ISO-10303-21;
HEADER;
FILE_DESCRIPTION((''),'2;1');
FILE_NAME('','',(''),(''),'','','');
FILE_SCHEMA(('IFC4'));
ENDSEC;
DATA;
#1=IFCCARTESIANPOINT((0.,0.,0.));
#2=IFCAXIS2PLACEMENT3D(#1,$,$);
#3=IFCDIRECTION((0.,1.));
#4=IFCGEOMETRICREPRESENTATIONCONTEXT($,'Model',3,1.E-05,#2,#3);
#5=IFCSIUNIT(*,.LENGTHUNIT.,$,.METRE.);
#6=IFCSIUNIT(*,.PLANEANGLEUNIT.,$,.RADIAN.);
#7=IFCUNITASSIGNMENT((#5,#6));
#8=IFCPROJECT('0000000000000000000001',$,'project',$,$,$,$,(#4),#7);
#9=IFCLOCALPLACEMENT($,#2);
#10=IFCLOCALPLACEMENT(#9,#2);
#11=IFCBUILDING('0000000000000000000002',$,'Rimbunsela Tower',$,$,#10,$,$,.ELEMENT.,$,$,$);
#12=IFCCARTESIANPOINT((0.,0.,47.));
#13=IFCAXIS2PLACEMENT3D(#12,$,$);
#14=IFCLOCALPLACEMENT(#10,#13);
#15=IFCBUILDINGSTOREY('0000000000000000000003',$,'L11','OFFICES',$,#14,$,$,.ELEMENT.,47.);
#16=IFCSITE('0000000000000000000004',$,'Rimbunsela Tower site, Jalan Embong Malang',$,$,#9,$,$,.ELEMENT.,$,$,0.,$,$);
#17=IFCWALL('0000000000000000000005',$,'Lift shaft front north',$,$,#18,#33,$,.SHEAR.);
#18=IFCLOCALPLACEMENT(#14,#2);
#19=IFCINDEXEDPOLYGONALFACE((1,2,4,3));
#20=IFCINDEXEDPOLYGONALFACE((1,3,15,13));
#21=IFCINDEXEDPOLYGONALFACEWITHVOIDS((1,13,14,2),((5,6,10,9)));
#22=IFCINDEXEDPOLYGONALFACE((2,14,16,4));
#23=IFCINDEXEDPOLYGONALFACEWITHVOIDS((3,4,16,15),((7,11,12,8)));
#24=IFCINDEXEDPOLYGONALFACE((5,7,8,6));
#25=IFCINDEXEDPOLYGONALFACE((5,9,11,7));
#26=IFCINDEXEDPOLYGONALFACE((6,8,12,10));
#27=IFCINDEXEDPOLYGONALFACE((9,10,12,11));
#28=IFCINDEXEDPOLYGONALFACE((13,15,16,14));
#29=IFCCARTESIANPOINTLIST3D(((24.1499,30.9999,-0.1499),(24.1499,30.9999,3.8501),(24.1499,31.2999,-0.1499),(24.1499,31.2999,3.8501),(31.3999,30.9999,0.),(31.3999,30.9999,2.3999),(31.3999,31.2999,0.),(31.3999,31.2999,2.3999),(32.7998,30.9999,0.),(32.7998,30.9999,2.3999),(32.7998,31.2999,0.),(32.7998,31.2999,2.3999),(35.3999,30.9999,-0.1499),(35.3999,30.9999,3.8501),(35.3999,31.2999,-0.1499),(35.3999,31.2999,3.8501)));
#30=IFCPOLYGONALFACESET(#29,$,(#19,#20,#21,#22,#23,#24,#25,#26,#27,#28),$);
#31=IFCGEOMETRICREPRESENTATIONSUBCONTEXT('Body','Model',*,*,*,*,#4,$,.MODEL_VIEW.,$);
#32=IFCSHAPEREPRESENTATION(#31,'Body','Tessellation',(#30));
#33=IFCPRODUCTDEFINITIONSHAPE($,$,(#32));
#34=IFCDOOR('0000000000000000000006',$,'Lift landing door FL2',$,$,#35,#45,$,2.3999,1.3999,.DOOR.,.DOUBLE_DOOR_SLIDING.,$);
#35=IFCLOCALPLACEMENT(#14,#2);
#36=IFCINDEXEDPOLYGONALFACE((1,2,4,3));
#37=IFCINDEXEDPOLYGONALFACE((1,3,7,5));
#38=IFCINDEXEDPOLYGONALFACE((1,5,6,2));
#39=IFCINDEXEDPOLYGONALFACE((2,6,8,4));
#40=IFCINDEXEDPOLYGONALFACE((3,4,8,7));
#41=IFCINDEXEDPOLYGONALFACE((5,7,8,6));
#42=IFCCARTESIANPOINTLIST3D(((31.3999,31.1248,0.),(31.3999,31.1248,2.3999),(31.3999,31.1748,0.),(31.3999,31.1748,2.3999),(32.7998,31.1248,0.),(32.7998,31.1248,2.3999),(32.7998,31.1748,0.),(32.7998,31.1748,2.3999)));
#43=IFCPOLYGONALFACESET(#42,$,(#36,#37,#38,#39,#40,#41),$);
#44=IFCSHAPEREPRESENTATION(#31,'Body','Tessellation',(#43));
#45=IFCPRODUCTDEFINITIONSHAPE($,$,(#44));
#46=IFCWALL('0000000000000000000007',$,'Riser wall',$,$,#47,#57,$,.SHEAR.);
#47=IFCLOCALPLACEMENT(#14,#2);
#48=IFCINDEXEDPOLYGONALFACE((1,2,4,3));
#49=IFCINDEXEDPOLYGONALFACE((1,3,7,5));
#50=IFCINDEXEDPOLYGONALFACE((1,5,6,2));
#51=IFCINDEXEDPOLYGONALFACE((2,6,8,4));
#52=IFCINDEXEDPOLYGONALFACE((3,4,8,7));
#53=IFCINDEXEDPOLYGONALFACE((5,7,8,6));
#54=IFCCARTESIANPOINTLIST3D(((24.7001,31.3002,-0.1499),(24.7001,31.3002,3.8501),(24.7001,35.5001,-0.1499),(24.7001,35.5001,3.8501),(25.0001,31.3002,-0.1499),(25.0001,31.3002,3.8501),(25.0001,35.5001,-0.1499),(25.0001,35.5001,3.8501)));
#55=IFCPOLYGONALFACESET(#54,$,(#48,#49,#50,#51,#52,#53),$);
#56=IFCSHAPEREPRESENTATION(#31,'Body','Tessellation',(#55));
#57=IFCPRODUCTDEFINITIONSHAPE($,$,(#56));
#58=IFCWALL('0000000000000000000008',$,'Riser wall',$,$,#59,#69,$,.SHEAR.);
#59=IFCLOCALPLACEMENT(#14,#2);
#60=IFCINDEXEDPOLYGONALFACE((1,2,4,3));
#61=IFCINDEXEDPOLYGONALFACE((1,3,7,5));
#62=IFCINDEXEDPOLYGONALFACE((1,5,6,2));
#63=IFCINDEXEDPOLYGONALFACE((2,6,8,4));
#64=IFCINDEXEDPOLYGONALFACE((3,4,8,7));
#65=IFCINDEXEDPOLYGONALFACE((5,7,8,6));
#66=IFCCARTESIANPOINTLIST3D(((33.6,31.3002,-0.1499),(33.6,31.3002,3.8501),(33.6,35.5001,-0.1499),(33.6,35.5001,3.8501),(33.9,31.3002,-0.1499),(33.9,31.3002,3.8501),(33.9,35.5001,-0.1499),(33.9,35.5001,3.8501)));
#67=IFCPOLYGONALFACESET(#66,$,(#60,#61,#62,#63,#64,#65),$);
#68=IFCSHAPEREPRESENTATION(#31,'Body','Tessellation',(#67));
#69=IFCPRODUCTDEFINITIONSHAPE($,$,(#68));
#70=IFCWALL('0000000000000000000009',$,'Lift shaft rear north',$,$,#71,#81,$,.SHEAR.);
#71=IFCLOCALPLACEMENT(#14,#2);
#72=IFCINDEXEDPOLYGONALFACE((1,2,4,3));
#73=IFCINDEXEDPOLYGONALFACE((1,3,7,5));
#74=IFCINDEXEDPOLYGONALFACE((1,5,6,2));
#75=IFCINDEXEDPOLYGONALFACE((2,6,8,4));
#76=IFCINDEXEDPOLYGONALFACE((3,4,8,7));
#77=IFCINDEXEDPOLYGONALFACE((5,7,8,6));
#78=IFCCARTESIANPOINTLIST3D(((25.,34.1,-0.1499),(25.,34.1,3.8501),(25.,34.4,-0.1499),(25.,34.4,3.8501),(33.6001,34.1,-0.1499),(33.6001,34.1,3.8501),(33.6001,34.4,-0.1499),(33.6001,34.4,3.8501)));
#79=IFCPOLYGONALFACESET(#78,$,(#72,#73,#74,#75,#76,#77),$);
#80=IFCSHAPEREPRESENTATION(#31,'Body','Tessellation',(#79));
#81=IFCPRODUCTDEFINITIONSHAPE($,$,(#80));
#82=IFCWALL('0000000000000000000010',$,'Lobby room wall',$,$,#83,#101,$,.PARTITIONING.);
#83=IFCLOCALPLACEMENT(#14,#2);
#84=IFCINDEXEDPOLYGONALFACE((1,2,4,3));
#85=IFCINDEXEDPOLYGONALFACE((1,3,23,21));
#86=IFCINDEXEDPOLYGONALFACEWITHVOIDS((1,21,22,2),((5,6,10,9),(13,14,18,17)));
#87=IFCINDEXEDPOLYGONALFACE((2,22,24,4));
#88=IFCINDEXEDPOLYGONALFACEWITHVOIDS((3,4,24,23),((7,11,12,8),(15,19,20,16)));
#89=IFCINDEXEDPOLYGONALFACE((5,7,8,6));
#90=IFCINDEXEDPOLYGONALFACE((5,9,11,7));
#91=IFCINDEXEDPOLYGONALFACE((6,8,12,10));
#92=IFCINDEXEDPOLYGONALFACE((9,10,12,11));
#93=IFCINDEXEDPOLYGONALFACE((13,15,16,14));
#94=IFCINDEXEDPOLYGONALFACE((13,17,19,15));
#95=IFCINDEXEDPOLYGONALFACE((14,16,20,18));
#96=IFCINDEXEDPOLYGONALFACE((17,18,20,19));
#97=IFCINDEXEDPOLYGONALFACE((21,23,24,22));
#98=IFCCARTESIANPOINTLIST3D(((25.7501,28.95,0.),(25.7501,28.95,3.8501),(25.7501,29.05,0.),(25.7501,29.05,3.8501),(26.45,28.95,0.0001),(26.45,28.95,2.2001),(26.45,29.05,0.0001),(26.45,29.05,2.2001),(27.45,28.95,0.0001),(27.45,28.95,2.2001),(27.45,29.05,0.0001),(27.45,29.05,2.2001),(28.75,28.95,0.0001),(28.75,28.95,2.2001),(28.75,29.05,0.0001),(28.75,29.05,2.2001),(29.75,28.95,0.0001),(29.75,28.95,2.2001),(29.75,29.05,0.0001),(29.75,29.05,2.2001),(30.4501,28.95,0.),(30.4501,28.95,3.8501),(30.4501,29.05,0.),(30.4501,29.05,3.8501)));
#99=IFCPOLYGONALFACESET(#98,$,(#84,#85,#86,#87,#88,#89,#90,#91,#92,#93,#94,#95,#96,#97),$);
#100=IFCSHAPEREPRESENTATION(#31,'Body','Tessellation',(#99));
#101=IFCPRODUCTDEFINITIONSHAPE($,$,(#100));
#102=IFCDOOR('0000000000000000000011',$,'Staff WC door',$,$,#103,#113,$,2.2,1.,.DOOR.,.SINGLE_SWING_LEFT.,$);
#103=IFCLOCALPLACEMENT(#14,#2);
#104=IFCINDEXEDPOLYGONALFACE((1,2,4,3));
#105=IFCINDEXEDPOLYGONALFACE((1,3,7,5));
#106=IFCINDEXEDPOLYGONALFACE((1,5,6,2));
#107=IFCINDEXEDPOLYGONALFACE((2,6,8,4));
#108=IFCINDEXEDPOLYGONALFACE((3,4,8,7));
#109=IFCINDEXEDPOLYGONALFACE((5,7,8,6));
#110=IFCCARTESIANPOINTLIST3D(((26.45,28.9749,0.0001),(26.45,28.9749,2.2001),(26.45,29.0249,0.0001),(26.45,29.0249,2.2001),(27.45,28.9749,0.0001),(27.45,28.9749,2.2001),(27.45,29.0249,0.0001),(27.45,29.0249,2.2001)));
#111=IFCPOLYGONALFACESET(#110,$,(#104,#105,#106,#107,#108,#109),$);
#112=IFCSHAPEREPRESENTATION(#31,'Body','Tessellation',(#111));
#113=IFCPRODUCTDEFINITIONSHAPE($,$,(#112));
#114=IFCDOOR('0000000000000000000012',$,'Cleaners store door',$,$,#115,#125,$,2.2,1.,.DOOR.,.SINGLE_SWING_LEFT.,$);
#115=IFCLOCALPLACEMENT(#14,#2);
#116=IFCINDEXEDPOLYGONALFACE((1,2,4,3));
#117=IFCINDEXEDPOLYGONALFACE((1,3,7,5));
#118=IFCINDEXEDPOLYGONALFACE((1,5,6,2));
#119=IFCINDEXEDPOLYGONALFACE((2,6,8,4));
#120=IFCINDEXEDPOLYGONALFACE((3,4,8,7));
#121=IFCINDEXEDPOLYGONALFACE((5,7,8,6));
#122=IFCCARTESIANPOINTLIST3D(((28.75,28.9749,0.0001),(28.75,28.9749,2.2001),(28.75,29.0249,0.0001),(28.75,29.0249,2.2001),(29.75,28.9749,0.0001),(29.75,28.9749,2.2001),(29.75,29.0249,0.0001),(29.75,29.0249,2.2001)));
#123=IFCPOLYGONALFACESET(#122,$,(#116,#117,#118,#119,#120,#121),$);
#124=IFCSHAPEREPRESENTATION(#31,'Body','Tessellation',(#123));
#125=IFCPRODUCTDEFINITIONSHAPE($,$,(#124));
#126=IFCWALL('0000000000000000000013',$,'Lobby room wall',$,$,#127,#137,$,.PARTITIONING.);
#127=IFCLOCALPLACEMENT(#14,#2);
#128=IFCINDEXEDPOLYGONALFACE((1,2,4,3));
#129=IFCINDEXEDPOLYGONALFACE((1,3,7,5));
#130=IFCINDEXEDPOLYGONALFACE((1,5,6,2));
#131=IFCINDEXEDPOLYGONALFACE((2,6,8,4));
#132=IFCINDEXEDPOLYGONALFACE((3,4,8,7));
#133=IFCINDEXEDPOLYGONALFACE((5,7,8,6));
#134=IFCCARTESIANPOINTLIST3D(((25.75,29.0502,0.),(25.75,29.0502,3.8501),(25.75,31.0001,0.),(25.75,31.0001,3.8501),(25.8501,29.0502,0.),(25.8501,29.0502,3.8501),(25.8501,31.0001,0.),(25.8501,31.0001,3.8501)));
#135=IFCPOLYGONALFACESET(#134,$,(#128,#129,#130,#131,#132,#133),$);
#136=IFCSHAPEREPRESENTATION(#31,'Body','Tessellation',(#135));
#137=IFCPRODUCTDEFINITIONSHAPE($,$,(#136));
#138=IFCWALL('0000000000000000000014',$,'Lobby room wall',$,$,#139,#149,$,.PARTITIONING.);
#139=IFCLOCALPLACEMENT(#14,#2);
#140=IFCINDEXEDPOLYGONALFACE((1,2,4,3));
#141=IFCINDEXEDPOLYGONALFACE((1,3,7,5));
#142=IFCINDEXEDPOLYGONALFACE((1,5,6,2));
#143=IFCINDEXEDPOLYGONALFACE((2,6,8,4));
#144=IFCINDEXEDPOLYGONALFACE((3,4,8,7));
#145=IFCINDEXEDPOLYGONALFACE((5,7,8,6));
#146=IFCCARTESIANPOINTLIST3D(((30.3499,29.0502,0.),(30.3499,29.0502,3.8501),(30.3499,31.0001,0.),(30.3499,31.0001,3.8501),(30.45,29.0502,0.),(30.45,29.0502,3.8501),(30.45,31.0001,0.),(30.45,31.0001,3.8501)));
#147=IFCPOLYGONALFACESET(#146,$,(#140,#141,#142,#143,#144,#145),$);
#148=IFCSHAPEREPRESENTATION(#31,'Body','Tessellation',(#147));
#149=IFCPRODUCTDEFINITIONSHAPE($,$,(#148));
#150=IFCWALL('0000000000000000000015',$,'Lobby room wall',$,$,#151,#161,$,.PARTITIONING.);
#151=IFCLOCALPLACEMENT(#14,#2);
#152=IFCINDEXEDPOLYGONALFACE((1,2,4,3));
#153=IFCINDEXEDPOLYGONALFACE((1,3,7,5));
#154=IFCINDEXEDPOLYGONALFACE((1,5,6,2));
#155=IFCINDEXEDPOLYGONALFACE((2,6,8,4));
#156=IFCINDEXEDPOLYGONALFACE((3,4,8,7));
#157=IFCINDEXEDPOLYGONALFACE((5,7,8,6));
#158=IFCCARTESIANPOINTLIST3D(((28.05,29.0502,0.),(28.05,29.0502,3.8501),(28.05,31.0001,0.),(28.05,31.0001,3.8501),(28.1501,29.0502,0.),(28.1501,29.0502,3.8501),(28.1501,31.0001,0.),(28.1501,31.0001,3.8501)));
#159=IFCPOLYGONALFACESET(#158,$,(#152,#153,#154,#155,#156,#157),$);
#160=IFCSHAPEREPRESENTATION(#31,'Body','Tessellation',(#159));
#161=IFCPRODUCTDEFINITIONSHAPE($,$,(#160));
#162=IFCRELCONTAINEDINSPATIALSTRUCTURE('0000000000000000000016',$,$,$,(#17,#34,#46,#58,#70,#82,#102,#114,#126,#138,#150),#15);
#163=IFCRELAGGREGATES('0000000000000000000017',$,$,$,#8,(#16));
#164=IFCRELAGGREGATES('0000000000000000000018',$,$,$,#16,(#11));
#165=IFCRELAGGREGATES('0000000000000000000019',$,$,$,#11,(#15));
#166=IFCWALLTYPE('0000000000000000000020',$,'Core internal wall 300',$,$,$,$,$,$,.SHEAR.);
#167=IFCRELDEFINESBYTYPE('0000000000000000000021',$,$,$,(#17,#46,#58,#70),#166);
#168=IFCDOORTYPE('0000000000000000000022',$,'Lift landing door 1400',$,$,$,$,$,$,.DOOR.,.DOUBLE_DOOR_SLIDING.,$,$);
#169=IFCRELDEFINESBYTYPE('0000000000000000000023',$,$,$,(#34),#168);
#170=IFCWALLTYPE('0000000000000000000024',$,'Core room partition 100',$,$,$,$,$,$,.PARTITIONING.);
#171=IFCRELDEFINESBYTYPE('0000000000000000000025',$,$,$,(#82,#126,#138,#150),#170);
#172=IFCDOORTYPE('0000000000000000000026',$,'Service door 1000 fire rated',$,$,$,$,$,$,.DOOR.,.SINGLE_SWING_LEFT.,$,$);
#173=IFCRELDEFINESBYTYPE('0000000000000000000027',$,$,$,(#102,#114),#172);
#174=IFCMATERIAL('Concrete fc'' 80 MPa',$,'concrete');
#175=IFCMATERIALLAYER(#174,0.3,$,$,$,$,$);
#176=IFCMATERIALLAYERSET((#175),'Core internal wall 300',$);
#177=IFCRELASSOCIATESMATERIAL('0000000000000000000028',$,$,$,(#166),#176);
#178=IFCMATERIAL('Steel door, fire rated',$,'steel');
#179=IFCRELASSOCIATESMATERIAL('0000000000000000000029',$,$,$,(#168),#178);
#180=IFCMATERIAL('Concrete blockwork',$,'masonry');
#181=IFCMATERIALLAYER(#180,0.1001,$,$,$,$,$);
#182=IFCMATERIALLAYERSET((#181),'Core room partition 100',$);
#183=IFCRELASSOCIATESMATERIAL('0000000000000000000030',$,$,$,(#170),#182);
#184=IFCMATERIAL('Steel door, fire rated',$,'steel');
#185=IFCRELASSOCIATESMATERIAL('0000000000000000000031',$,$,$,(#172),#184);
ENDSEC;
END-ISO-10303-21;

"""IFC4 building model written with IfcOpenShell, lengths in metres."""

from ifc_helpers import new_model, si_unit, direction, frame, frame_2d, origin, place, context, subcontext, project, spatial, rectangle, extrude, material, layer, layer_set, type_object, element, fill, save


model = new_model("IFC4")

# Units and contexts
model_context = context("Model", 3, precision=1e-05, world=origin(), true_north=direction((0.0, 1.0)))
body_context = subcontext(model_context, "Body", "Model", "MODEL_VIEW")
ifc_project = project(units=[si_unit("LENGTHUNIT", "METRE"), si_unit("PLANEANGLEUNIT", "RADIAN")], contexts=[model_context])

# Site, building, storey
site_placement = place(None, origin())
site = spatial("IfcSite", under=ifc_project, at=site_placement, Name="Rimbunsela Tower site, Jalan Embong Malang", CompositionType="ELEMENT", RefElevation=0.0)
building_placement = place(site_placement, origin())
building = spatial("IfcBuilding", under=site, at=building_placement, Name="Rimbunsela Tower", CompositionType="ELEMENT")
storey_placement = place(building_placement, frame((0.0, 0.0, 47.0)))
storey = spatial("IfcBuildingStorey", under=building, at=storey_placement, Name="L11", Description="OFFICES", CompositionType="ELEMENT", Elevation=47.0)

# Shared definitions
ifc_material_1 = material(Name="Concrete fc' 80 MPa", Category="concrete")
ifc_layer_1 = layer(ifc_material_1, 0.3)
ifc_layer_set_1 = layer_set([ifc_layer_1], Name="Core internal wall 300")
wall_type_1 = type_object("IfcWallType", Name="Core internal wall 300", PredefinedType="SHEAR", material=ifc_layer_set_1)

# Wall, opening, door
wall_1_placement = place(storey_placement, frame((24.1499, 31.1499, -0.1499), z_axis=(0.0, 0.0, 1.0), x_axis=(1.0, 0.0, 0.0)))
wall_1 = element("IfcWall", 1, at=wall_1_placement, inside=storey, type_object=wall_type_1, Name="Lift shaft front north", PredefinedType="SHEAR", context=body_context, shape_type="SweptSolid", body=[
    extrude(rectangle(XDim=11.25, YDim=0.3, at=frame_2d((5.625, 0.0))), origin(), (0.0, 0.0, 1.0), 4.0),
])
opening_1_placement = place(wall_1_placement, frame((7.25, 0.0, 0.1499)))
opening_1 = element("IfcOpeningElement", 2, at=opening_1_placement, cuts=wall_1, PredefinedType="OPENING", context=body_context, shape_type="SweptSolid", body=[
    extrude(rectangle(XDim=1.3999, YDim=2.3999, at=frame_2d((0.7, 1.2))), frame((0.0, 0.1599, 0.0), z_axis=(0.0, -1.0, 0.0), x_axis=(1.0, 0.0, 0.0)), (0.0, 0.0, 1.0), 0.3201),
])
ifc_material_2 = material(Name="Steel door, fire rated", Category="steel")
door_type_1 = type_object("IfcDoorType", Name="Lift landing door 1400", OperationType="DOUBLE_DOOR_SLIDING", PredefinedType="DOOR", material=ifc_material_2)
door_1_placement = place(opening_1_placement, origin())
door_1 = element("IfcDoor", 3, at=door_1_placement, inside=storey, type_object=door_type_1, Name="Lift landing door FL2", OperationType="DOUBLE_DOOR_SLIDING", OverallHeight=2.3999, OverallWidth=1.3999, PredefinedType="DOOR", context=body_context, shape_type="SweptSolid", body=[
    extrude(rectangle(XDim=1.3999, YDim=2.3999, at=frame_2d((0.7, 1.2))), frame((0.0, 0.0249, 0.0), z_axis=(0.0, -1.0, 0.0), x_axis=(1.0, 0.0, 0.0)), (0.0, 0.0, 1.0), 0.05),
])
fill(opening_1, door_1)

# Walls
for number, where, z_axis, x_axis, name in (
    (4, (24.8501, 31.3, -0.1499), (0.0, 0.0, 1.0), (0.0, 1.0, 0.0), "Riser wall"),
    (5, (33.75, 31.3, -0.1499), (0.0, 0.0, 1.0), (0.0, 1.0, 0.0), "Riser wall"),
):
    element("IfcWall", number, at=place(storey_placement, frame(where, z_axis=z_axis, x_axis=x_axis)), inside=storey, type_object=wall_type_1, Name=name, PredefinedType="SHEAR", context=body_context, shape_type="SweptSolid", body=[
        extrude(rectangle(XDim=4.2, YDim=0.3, at=frame_2d((2.1001, 0.0))), origin(), (0.0, 0.0, 1.0), 4.0),
    ])
wall_2_placement = place(storey_placement, frame((25.0, 34.25, -0.1499), z_axis=(0.0, 0.0, 1.0), x_axis=(1.0, 0.0, 0.0)))
element("IfcWall", 6, at=wall_2_placement, inside=storey, type_object=wall_type_1, Name="Lift shaft rear north", PredefinedType="SHEAR", context=body_context, shape_type="SweptSolid", body=[
    extrude(rectangle(XDim=8.6001, YDim=0.3, at=frame_2d((4.3, 0.0))), origin(), (0.0, 0.0, 1.0), 4.0),
])

# Wall, openings, doors
ifc_material_3 = material(Name="Concrete blockwork", Category="masonry")
ifc_layer_2 = layer(ifc_material_3, 0.1001)
ifc_layer_set_2 = layer_set([ifc_layer_2], Name="Core room partition 100")
wall_type_2 = type_object("IfcWallType", Name="Core room partition 100", PredefinedType="PARTITIONING", material=ifc_layer_set_2)
wall_3_placement = place(storey_placement, frame((25.75, 29.0, 0.0), z_axis=(0.0, 0.0, 1.0), x_axis=(1.0, 0.0, 0.0)))
wall_3 = element("IfcWall", 7, at=wall_3_placement, inside=storey, type_object=wall_type_2, Name="Lobby room wall", PredefinedType="PARTITIONING", context=body_context, shape_type="SweptSolid", body=[
    extrude(rectangle(XDim=4.7, YDim=0.1001, at=frame_2d((2.3501, 0.0))), origin(), (0.0, 0.0, 1.0), 3.8501),
])
opening_2_placement = place(wall_3_placement, frame((0.7, 0.0, 0.0)))
opening_2 = element("IfcOpeningElement", 8, at=opening_2_placement, cuts=wall_3, PredefinedType="OPENING", context=body_context, shape_type="SweptSolid", body=[
    extrude(rectangle(XDim=1.0, YDim=2.2, at=frame_2d((0.5, 1.1001))), frame((0.0, 0.0601, 0.0), z_axis=(0.0, -1.0, 0.0), x_axis=(1.0, 0.0, 0.0)), (0.0, 0.0, 1.0), 0.1201),
])
opening_3_placement = place(wall_3_placement, frame((3.0, 0.0, 0.0)))
opening_3 = element("IfcOpeningElement", 9, at=opening_3_placement, cuts=wall_3, PredefinedType="OPENING", context=body_context, shape_type="SweptSolid", body=[
    extrude(rectangle(XDim=1.0, YDim=2.2, at=frame_2d((0.5, 1.1001))), frame((0.0, 0.0601, 0.0), z_axis=(0.0, -1.0, 0.0), x_axis=(1.0, 0.0, 0.0)), (0.0, 0.0, 1.0), 0.1201),
])
ifc_material_4 = material(Name="Steel door, fire rated", Category="steel")
door_type_2 = type_object("IfcDoorType", Name="Service door 1000 fire rated", OperationType="SINGLE_SWING_LEFT", PredefinedType="DOOR", material=ifc_material_4)
door_2_placement = place(opening_2_placement, origin())
door_2 = element("IfcDoor", 10, at=door_2_placement, inside=storey, type_object=door_type_2, Name="Staff WC door", OperationType="SINGLE_SWING_LEFT", OverallHeight=2.2, OverallWidth=1.0, PredefinedType="DOOR", context=body_context, shape_type="SweptSolid", body=[
    extrude(rectangle(XDim=1.0, YDim=2.2, at=frame_2d((0.5, 1.1001))), frame((0.0, 0.0249, 0.0), z_axis=(0.0, -1.0, 0.0), x_axis=(1.0, 0.0, 0.0)), (0.0, 0.0, 1.0), 0.05),
])
fill(opening_2, door_2)
door_3_placement = place(opening_3_placement, origin())
door_3 = element("IfcDoor", 11, at=door_3_placement, inside=storey, type_object=door_type_2, Name="Cleaners store door", OperationType="SINGLE_SWING_LEFT", OverallHeight=2.2, OverallWidth=1.0, PredefinedType="DOOR", context=body_context, shape_type="SweptSolid", body=[
    extrude(rectangle(XDim=1.0, YDim=2.2, at=frame_2d((0.5, 1.1001))), frame((0.0, 0.0249, 0.0), z_axis=(0.0, -1.0, 0.0), x_axis=(1.0, 0.0, 0.0)), (0.0, 0.0, 1.0), 0.05),
])
fill(opening_3, door_3)

# Walls
for number, where, z_axis, x_axis, name in (
    (12, (25.8, 29.05, 0.0), (0.0, 0.0, 1.0), (0.0, 1.0, 0.0), "Lobby room wall"),
    (13, (30.3999, 29.05, 0.0), (0.0, 0.0, 1.0), (0.0, 1.0, 0.0), "Lobby room wall"),
    (14, (28.1001, 29.05, 0.0), (0.0, 0.0, 1.0), (0.0, 1.0, 0.0), "Lobby room wall"),
):
    element("IfcWall", number, at=place(storey_placement, frame(where, z_axis=z_axis, x_axis=x_axis)), inside=storey, type_object=wall_type_2, Name=name, PredefinedType="PARTITIONING", context=body_context, shape_type="SweptSolid", body=[
        extrude(rectangle(XDim=1.95, YDim=0.1001, at=frame_2d((0.9751, 0.0))), origin(), (0.0, 0.0, 1.0), 3.8501),
    ])

save(model, "model.ifc")
